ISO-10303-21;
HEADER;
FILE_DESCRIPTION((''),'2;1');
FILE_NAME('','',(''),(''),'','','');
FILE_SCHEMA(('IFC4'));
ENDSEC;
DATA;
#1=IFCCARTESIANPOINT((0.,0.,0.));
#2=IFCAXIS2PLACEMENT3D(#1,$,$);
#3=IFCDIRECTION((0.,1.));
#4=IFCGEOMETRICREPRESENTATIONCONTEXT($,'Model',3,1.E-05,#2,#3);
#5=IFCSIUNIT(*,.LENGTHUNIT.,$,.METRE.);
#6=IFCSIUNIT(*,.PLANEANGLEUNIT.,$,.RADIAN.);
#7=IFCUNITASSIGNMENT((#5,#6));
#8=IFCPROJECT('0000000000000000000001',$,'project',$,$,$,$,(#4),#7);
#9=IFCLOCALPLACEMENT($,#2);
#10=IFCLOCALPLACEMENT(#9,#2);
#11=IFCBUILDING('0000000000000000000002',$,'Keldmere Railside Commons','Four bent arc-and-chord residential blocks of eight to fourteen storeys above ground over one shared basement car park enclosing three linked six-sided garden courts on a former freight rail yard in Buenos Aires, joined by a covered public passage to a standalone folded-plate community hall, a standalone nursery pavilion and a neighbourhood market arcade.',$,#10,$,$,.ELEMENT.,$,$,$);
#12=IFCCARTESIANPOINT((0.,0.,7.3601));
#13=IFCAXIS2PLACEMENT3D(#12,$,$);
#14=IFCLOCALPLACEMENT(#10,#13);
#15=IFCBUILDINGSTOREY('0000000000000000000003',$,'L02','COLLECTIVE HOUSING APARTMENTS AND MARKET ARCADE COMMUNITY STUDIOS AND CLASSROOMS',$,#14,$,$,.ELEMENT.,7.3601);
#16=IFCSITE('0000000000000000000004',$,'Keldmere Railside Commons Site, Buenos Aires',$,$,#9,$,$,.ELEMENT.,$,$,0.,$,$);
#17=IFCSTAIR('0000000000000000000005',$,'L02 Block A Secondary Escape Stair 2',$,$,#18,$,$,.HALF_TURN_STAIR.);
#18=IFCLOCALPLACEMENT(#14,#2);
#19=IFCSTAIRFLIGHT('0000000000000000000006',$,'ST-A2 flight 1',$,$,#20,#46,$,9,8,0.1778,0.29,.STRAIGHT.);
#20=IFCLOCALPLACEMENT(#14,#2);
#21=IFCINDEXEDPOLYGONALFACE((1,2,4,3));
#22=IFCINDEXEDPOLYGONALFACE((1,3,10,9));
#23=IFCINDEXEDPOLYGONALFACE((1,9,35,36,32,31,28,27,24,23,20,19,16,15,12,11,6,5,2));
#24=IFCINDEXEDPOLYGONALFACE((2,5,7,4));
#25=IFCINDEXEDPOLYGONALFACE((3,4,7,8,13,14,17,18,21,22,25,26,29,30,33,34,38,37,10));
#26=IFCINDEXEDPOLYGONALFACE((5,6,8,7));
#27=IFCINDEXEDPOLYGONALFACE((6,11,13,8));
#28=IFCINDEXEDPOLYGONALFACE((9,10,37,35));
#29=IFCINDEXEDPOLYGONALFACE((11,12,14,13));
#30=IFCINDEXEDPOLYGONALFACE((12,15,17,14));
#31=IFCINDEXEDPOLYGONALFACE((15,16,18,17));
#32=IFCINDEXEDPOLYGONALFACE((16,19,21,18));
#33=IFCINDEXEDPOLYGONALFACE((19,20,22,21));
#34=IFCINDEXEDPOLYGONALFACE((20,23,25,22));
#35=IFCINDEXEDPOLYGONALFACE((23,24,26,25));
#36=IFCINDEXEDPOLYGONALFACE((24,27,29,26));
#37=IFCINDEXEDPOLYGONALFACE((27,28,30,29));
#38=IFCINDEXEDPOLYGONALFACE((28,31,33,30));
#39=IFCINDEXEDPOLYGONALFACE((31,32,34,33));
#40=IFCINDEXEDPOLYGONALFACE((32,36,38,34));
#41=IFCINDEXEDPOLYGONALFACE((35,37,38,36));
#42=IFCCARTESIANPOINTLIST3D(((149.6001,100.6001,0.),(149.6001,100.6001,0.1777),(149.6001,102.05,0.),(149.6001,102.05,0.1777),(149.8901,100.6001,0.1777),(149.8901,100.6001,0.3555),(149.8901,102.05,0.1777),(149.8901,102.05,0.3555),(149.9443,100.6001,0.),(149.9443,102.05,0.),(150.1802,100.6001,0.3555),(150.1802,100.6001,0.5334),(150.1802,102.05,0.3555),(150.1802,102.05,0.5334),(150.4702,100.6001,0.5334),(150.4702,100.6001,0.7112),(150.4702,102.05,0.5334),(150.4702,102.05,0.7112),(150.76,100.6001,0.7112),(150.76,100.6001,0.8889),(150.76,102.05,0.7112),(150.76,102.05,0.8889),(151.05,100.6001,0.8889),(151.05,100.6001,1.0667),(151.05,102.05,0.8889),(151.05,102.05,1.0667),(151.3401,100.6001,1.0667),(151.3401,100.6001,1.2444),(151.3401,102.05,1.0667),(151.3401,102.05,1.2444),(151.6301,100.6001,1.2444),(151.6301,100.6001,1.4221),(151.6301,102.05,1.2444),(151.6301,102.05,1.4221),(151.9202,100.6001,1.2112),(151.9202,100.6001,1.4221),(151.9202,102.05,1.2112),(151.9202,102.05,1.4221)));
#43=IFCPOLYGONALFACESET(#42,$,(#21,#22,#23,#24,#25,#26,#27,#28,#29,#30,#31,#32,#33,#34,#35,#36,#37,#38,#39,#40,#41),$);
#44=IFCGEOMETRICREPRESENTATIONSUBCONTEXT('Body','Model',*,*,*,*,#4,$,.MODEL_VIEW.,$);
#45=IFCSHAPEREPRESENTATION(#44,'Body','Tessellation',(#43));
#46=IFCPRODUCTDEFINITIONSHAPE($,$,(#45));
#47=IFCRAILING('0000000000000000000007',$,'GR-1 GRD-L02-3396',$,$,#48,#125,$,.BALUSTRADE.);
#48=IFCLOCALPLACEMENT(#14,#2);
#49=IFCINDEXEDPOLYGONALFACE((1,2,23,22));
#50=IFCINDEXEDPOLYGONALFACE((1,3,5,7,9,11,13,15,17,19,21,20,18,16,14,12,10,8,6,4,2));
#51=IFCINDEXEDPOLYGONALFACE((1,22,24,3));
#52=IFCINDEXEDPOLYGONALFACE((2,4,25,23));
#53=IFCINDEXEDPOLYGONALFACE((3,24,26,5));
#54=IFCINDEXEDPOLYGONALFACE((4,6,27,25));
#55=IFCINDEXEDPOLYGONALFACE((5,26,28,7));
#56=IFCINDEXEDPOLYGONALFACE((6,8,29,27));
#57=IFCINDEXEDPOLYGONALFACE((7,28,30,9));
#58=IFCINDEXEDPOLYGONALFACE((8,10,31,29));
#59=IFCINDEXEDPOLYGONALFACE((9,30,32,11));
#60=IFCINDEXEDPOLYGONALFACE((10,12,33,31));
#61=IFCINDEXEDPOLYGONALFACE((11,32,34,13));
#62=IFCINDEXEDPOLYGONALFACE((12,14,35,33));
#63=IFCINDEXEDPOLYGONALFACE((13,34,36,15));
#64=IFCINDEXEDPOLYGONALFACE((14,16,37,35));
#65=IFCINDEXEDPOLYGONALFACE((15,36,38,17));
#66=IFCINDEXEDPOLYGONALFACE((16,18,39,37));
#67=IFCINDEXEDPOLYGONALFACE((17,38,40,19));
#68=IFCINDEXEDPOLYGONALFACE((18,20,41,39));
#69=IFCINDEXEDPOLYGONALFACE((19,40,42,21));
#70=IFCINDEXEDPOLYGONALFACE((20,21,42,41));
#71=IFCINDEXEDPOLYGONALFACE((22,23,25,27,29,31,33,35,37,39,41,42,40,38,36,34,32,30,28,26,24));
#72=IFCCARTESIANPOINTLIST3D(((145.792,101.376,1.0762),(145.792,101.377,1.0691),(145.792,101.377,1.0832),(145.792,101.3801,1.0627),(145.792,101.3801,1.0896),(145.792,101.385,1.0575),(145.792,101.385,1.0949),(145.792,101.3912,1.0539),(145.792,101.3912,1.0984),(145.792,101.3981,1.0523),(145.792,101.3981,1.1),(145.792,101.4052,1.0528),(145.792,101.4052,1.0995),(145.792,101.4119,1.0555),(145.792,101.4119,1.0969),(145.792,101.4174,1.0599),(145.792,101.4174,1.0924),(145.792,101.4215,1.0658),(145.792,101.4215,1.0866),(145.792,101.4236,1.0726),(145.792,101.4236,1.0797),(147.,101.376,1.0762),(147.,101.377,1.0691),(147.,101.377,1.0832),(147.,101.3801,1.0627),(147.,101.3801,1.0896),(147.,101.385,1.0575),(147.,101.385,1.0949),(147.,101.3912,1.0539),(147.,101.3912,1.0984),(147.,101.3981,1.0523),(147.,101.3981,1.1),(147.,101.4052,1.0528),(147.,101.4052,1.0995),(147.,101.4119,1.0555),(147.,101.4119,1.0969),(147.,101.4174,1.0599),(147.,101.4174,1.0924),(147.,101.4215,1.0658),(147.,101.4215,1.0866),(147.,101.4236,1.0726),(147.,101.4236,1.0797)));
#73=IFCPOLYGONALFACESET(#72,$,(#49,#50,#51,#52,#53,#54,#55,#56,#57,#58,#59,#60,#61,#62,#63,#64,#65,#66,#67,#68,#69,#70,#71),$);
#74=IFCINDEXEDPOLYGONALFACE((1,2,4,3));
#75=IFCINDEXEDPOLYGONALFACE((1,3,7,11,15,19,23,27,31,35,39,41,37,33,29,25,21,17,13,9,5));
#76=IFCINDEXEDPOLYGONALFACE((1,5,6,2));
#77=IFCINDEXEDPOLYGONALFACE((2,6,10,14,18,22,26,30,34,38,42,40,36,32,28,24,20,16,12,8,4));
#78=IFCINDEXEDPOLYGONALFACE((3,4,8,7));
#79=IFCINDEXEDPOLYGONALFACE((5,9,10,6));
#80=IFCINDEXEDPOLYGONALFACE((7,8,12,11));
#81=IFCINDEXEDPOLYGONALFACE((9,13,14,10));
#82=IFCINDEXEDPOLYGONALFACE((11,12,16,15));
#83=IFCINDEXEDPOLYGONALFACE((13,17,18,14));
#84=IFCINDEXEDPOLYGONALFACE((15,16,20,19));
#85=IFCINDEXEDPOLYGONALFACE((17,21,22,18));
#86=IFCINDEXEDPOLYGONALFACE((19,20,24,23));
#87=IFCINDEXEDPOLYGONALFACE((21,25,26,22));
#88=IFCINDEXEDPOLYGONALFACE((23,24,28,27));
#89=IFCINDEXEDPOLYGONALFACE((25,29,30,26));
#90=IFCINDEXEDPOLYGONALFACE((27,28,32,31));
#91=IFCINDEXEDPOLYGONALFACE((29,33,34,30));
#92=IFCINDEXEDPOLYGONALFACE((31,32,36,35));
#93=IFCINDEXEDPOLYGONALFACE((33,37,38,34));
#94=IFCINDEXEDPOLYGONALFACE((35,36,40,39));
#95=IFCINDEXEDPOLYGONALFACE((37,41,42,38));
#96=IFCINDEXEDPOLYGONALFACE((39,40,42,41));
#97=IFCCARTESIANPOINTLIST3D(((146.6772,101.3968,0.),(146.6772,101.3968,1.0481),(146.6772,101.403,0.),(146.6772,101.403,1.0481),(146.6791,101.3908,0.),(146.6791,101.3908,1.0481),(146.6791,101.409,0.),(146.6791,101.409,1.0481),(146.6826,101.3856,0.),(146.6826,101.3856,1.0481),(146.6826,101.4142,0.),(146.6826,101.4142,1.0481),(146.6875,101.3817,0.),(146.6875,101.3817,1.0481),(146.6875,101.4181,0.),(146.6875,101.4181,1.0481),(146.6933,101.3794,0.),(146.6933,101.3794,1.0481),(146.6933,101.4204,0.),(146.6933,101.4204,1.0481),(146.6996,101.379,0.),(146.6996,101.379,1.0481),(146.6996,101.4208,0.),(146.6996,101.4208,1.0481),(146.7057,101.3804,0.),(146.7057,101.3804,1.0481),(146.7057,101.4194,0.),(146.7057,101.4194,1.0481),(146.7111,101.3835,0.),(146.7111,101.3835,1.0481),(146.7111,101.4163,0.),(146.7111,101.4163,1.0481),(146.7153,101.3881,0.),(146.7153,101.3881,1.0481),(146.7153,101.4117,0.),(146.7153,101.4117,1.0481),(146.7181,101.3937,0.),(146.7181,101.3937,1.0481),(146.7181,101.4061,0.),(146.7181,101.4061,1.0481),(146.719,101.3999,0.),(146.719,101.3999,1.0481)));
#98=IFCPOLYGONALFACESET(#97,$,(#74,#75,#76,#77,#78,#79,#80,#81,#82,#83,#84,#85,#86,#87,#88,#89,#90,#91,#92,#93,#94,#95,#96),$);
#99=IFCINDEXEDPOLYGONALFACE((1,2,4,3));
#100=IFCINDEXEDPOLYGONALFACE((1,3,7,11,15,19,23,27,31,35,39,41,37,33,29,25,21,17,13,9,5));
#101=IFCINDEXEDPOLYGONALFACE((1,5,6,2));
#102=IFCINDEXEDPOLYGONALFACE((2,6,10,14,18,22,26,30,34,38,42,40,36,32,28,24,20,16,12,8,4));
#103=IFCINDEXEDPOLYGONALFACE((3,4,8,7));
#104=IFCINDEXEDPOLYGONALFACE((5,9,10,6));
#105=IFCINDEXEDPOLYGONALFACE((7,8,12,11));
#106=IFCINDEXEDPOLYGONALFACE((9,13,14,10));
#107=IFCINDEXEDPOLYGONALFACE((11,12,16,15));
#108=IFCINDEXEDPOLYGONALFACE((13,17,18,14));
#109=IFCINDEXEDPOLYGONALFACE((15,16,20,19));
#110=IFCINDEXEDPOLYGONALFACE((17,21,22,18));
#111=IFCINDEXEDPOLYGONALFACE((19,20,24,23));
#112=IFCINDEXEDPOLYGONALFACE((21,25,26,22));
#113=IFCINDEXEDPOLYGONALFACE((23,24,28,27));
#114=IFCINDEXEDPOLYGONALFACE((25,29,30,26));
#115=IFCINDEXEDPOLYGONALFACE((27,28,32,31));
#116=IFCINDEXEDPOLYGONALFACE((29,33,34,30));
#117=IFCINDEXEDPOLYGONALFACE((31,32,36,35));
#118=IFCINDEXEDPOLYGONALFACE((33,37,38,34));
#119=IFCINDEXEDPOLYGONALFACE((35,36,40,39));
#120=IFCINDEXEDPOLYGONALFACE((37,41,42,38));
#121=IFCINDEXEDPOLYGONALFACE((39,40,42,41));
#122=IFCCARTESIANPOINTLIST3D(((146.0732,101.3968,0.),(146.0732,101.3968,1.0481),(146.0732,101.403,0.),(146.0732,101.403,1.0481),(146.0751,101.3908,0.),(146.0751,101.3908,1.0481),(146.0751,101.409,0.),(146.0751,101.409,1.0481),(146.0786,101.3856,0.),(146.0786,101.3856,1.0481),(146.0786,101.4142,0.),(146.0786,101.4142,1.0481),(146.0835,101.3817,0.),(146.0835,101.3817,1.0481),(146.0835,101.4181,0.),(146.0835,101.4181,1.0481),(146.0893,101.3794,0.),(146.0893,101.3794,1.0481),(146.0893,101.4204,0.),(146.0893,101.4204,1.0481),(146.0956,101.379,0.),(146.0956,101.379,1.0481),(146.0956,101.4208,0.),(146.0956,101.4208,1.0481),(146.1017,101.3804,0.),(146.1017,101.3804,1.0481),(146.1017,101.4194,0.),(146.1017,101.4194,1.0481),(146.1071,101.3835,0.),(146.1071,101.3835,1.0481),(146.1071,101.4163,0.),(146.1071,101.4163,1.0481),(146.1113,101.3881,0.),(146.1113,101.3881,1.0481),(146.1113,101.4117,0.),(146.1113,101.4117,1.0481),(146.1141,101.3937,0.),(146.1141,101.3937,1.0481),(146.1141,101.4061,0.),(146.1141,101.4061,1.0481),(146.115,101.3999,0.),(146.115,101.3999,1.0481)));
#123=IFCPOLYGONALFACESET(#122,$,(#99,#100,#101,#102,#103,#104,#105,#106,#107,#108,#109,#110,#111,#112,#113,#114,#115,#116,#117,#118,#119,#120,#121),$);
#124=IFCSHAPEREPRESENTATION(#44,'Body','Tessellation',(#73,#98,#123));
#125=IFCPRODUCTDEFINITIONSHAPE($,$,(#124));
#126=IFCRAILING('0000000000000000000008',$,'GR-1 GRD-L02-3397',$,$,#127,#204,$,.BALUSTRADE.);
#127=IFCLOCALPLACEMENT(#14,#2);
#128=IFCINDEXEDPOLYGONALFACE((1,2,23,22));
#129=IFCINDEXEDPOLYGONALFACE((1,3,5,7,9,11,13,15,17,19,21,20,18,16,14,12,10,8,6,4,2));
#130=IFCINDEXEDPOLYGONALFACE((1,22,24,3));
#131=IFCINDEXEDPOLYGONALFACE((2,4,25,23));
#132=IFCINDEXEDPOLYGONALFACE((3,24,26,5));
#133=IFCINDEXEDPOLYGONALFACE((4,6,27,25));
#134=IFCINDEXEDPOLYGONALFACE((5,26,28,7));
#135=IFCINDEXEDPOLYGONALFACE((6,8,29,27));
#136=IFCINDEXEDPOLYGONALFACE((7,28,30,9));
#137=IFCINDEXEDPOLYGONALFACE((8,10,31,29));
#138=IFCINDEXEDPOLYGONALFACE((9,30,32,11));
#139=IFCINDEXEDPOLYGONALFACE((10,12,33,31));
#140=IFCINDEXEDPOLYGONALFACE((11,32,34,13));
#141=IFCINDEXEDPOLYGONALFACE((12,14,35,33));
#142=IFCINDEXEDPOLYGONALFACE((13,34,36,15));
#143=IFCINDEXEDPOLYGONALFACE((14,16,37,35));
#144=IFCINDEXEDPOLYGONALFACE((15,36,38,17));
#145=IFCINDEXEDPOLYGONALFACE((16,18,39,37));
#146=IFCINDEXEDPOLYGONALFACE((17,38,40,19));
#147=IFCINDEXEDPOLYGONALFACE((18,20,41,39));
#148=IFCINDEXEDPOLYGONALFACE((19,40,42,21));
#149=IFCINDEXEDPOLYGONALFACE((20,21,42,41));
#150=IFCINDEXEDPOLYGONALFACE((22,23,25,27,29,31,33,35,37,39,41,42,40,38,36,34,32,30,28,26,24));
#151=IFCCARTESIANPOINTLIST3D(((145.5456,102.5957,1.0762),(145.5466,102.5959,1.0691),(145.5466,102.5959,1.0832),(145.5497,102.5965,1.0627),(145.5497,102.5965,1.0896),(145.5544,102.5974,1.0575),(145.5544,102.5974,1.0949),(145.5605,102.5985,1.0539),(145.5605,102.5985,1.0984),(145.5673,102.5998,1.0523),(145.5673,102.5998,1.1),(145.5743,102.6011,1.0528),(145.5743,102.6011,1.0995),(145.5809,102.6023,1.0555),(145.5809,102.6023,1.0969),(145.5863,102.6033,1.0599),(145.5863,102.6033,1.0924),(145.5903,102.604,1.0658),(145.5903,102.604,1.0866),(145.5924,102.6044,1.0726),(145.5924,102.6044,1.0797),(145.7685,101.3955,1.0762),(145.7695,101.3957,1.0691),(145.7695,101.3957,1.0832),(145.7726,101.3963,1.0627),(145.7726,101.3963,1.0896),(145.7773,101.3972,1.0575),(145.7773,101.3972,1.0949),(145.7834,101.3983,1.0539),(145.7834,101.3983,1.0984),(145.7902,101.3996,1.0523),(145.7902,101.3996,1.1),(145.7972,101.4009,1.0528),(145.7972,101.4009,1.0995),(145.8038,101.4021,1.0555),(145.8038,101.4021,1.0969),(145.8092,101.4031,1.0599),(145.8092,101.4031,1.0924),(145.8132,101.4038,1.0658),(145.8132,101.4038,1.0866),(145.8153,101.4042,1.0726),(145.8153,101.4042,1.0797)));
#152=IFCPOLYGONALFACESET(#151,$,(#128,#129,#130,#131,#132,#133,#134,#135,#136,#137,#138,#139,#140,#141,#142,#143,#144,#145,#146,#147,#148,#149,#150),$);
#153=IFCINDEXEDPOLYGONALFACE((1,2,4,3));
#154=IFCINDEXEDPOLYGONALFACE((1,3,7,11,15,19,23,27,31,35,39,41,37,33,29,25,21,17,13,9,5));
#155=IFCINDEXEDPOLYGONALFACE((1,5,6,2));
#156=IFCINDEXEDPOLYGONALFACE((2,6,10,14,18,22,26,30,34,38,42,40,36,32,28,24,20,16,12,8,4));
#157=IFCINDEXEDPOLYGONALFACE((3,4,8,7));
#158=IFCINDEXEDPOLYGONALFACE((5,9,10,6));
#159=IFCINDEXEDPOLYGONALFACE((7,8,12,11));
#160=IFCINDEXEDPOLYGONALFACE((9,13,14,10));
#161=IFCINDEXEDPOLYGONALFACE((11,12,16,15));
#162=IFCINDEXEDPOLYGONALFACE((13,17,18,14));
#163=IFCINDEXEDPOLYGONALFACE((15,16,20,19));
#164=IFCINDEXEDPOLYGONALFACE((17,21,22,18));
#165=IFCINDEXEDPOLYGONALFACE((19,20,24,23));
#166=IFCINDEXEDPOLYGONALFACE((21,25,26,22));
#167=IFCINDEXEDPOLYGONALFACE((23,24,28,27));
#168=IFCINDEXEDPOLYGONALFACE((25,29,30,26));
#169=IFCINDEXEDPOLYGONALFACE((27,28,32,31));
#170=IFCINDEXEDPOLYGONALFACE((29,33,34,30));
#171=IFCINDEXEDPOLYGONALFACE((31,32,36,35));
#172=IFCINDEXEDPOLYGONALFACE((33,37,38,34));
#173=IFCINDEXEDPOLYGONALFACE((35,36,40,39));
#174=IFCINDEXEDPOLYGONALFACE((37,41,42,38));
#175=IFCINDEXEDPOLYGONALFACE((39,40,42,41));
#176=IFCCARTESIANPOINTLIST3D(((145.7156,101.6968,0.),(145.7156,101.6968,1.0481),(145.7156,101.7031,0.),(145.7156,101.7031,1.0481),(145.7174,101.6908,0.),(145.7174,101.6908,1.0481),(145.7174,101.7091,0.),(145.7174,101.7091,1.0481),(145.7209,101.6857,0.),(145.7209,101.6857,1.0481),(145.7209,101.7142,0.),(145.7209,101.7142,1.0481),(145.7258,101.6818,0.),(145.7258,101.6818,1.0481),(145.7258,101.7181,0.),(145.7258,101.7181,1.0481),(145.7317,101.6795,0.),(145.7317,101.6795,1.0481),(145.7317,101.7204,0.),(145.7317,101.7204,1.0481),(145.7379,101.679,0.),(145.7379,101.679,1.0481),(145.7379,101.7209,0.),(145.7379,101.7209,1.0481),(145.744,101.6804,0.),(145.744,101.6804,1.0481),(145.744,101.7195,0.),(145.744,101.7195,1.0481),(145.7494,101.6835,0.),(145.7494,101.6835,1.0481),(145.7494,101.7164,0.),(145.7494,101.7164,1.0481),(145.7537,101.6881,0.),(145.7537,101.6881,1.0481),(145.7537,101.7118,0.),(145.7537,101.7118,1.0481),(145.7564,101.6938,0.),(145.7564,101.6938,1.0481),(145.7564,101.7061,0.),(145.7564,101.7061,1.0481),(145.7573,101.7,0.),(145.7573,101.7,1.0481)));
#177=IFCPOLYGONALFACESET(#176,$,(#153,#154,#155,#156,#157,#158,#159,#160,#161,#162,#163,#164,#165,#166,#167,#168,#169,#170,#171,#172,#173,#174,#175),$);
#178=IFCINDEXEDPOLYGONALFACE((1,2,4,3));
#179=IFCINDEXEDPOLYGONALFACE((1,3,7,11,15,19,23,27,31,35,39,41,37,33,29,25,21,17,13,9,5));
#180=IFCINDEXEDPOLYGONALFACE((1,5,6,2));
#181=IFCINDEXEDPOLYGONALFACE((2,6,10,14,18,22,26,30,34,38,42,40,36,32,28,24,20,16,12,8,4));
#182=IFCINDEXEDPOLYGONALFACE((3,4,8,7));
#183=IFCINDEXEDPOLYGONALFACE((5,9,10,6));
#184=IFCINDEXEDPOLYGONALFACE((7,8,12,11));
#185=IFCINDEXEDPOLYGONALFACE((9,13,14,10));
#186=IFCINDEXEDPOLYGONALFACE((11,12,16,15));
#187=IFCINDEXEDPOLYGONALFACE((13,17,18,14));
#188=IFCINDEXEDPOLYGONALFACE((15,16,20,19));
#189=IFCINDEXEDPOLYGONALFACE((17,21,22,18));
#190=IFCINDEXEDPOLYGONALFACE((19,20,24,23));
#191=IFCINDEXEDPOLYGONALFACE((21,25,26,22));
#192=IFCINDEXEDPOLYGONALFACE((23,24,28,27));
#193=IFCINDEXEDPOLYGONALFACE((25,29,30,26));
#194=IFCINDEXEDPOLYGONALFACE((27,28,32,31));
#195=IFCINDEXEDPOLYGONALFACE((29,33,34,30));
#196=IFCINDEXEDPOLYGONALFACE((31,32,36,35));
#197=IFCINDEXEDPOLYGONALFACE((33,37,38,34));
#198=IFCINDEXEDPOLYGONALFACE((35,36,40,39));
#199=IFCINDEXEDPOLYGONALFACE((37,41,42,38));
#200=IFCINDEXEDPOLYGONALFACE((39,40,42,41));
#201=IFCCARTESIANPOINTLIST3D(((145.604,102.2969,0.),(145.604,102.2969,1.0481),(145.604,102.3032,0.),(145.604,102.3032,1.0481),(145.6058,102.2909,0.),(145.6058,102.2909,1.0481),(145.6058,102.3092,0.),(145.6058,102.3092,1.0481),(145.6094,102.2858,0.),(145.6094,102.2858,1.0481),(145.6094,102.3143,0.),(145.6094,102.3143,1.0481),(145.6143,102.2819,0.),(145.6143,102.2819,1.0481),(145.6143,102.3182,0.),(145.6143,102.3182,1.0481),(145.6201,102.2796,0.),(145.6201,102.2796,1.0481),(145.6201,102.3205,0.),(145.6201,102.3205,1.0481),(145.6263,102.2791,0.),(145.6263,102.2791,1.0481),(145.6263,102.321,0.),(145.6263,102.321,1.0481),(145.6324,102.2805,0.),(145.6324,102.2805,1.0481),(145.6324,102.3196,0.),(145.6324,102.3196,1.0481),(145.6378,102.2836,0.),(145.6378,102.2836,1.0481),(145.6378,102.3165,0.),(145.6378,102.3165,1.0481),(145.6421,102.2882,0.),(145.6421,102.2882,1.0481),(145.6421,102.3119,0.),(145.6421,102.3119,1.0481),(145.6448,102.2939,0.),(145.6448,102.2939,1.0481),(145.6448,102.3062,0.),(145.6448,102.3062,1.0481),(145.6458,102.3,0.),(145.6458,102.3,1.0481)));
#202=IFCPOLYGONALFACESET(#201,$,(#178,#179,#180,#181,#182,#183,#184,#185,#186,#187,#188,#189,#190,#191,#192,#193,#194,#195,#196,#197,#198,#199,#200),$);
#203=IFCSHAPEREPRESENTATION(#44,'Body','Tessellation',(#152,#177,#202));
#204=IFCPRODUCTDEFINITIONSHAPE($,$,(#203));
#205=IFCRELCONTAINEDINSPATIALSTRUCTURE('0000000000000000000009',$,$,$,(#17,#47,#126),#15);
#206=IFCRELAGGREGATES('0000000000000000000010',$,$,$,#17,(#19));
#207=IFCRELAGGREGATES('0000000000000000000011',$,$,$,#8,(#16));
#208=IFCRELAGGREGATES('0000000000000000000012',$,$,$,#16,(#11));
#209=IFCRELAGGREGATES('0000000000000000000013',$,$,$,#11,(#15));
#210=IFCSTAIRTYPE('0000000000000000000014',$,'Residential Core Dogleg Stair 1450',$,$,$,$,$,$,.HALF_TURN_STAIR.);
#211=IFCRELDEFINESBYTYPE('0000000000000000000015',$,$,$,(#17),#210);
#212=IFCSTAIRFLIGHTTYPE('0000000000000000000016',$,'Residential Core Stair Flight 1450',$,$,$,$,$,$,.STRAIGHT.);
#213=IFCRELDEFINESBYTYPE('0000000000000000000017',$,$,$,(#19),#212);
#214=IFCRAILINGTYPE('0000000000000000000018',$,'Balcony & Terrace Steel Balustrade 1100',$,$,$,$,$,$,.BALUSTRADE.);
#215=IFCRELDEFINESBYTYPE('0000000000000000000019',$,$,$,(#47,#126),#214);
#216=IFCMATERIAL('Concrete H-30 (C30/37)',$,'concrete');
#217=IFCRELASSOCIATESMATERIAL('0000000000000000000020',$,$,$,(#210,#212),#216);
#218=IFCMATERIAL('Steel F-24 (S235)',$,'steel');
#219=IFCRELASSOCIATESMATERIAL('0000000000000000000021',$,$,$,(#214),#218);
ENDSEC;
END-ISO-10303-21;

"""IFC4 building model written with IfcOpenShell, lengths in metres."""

from ifc_helpers import new_model, si_unit, direction, frame, origin, origin_2d, place, context, subcontext, project, spatial, polyline, circle, outline, extrude, material, type_object, element, aggregate, save


model = new_model("IFC4")

# Units and contexts
model_context = context("Model", 3, precision=1e-05, world=origin(), true_north=direction((0.0, 1.0)))
body_context = subcontext(model_context, "Body", "Model", "MODEL_VIEW")
ifc_project = project(units=[si_unit("LENGTHUNIT", "METRE"), si_unit("PLANEANGLEUNIT", "RADIAN")], contexts=[model_context])

# Site, building, storey
site_placement = place(None, origin())
site = spatial("IfcSite", under=ifc_project, at=site_placement, Name="Keldmere Railside Commons Site, Buenos Aires", CompositionType="ELEMENT", RefElevation=0.0)
building_placement = place(site_placement, origin())
building = spatial("IfcBuilding", under=site, at=building_placement, Name="Keldmere Railside Commons", Description="Four bent arc-and-chord residential blocks of eight to fourteen storeys above ground over one shared basement car park enclosing three linked six-sided garden courts on a former freight rail yard in Buenos Aires, joined by a covered public passage to a standalone folded-plate community hall, a standalone nursery pavilion and a neighbourhood market arcade.", CompositionType="ELEMENT")
storey_placement = place(building_placement, frame((0.0, 0.0, 7.3601)))
storey = spatial("IfcBuildingStorey", under=building, at=storey_placement, Name="L02", Description="COLLECTIVE HOUSING APARTMENTS AND MARKET ARCADE COMMUNITY STUDIOS AND CLASSROOMS", CompositionType="ELEMENT", Elevation=7.3601)

# Stair, stair flight
ifc_material_1 = material(Name="Concrete H-30 (C30/37)", Category="concrete")
stair_type = type_object("IfcStairType", Name="Residential Core Dogleg Stair 1450", PredefinedType="HALF_TURN_STAIR", material=ifc_material_1)
stair_placement = place(storey_placement, origin())
stair = element("IfcStair", 1, at=stair_placement, inside=storey, type_object=stair_type, Name="L02 Block A Secondary Escape Stair 2", PredefinedType="HALF_TURN_STAIR")
stair_flight_type = type_object("IfcStairFlightType", Name="Residential Core Stair Flight 1450", PredefinedType="STRAIGHT", material=ifc_material_1)
stair_flight_placement = place(storey_placement, frame((149.6001, 101.325, 0.0), z_axis=(0.0, 0.0, 1.0), x_axis=(1.0, 0.0, 0.0)))
stair_flight = element("IfcStairFlight", 2, at=stair_flight_placement, type_object=stair_flight_type, Name="ST-A2 flight 1", NumberOfRisers=9, NumberOfTreads=8, PredefinedType="STRAIGHT", RiserHeight=0.1778, TreadLength=0.29, context=body_context, shape_type="SweptSolid", body=[
    extrude(outline(polyline([(0.0, 0.0), (0.0, 0.1777), (0.29, 0.1777), (0.29, 0.3555), (0.5801, 0.3555), (0.5801, 0.5334), (0.8701, 0.5334), (0.8701, 0.7112), (1.1599, 0.7112), (1.1599, 0.8889), (1.45, 0.8889), (1.45, 1.0667), (1.74, 1.0667), (1.74, 1.2444), (2.03, 1.2444), (2.03, 1.4221), (2.3201, 1.4221), (2.3201, 1.6001), (2.3201, 1.2112), (0.3442, 0.0), (0.0, 0.0)])), frame((0.0, 0.7251, 0.0), z_axis=(0.0, -1.0, 0.0), x_axis=(1.0, 0.0, 0.0)), (0.0, 0.0, 1.0), 1.45),
])
aggregate(stair, [stair_flight])

# Railings
ifc_material_2 = material(Name="Steel F-24 (S235)", Category="steel")
railing_type_1 = type_object("IfcRailingType", Name="Balcony & Terrace Steel Balustrade 1100", PredefinedType="BALUSTRADE", material=ifc_material_2)
railing_1_placement = place(storey_placement, frame((147.0, 101.3999, 0.0)))
element("IfcRailing", 3, at=railing_1_placement, inside=storey, type_object=railing_type_1, Name="GR-1 GRD-L02-3396", PredefinedType="BALUSTRADE", context=body_context, shape_type="SweptSolid", body=[
    extrude(circle(Radius=0.0239, at=origin_2d()), frame((0.0, 0.0, 1.0762), z_axis=(-1.0, 0.0, 0.0), x_axis=(0.0, -1.0, 0.0)), (0.0, 0.0, 1.0), 1.208),
    extrude(circle(Radius=0.021, at=origin_2d()), frame((-0.302, 0.0, 0.0)), (0.0, 0.0, 1.0), 1.0481),
    extrude(circle(Radius=0.021, at=origin_2d()), frame((-0.906, 0.0, 0.0)), (0.0, 0.0, 1.0), 1.0481),
])
railing_2_placement = place(storey_placement, frame((145.792, 101.3999, 0.0)))
element("IfcRailing", 4, at=railing_2_placement, inside=storey, type_object=railing_type_1, Name="GR-1 GRD-L02-3397", PredefinedType="BALUSTRADE", context=body_context, shape_type="SweptSolid", body=[
    extrude(circle(Radius=0.0239, at=origin_2d()), frame((0.0, 0.0, 1.0762), z_axis=(-0.182598, 0.983188, 0.0), x_axis=(-0.983188, -0.182598, 0.0)), (0.0, 0.0, 1.0), 1.2207),
    extrude(circle(Radius=0.021, at=origin_2d()), frame((-0.0557, 0.3, 0.0)), (0.0, 0.0, 1.0), 1.0481),
    extrude(circle(Radius=0.021, at=origin_2d()), frame((-0.1672, 0.9001, 0.0)), (0.0, 0.0, 1.0), 1.0481),
])

save(model, "model.ifc")
